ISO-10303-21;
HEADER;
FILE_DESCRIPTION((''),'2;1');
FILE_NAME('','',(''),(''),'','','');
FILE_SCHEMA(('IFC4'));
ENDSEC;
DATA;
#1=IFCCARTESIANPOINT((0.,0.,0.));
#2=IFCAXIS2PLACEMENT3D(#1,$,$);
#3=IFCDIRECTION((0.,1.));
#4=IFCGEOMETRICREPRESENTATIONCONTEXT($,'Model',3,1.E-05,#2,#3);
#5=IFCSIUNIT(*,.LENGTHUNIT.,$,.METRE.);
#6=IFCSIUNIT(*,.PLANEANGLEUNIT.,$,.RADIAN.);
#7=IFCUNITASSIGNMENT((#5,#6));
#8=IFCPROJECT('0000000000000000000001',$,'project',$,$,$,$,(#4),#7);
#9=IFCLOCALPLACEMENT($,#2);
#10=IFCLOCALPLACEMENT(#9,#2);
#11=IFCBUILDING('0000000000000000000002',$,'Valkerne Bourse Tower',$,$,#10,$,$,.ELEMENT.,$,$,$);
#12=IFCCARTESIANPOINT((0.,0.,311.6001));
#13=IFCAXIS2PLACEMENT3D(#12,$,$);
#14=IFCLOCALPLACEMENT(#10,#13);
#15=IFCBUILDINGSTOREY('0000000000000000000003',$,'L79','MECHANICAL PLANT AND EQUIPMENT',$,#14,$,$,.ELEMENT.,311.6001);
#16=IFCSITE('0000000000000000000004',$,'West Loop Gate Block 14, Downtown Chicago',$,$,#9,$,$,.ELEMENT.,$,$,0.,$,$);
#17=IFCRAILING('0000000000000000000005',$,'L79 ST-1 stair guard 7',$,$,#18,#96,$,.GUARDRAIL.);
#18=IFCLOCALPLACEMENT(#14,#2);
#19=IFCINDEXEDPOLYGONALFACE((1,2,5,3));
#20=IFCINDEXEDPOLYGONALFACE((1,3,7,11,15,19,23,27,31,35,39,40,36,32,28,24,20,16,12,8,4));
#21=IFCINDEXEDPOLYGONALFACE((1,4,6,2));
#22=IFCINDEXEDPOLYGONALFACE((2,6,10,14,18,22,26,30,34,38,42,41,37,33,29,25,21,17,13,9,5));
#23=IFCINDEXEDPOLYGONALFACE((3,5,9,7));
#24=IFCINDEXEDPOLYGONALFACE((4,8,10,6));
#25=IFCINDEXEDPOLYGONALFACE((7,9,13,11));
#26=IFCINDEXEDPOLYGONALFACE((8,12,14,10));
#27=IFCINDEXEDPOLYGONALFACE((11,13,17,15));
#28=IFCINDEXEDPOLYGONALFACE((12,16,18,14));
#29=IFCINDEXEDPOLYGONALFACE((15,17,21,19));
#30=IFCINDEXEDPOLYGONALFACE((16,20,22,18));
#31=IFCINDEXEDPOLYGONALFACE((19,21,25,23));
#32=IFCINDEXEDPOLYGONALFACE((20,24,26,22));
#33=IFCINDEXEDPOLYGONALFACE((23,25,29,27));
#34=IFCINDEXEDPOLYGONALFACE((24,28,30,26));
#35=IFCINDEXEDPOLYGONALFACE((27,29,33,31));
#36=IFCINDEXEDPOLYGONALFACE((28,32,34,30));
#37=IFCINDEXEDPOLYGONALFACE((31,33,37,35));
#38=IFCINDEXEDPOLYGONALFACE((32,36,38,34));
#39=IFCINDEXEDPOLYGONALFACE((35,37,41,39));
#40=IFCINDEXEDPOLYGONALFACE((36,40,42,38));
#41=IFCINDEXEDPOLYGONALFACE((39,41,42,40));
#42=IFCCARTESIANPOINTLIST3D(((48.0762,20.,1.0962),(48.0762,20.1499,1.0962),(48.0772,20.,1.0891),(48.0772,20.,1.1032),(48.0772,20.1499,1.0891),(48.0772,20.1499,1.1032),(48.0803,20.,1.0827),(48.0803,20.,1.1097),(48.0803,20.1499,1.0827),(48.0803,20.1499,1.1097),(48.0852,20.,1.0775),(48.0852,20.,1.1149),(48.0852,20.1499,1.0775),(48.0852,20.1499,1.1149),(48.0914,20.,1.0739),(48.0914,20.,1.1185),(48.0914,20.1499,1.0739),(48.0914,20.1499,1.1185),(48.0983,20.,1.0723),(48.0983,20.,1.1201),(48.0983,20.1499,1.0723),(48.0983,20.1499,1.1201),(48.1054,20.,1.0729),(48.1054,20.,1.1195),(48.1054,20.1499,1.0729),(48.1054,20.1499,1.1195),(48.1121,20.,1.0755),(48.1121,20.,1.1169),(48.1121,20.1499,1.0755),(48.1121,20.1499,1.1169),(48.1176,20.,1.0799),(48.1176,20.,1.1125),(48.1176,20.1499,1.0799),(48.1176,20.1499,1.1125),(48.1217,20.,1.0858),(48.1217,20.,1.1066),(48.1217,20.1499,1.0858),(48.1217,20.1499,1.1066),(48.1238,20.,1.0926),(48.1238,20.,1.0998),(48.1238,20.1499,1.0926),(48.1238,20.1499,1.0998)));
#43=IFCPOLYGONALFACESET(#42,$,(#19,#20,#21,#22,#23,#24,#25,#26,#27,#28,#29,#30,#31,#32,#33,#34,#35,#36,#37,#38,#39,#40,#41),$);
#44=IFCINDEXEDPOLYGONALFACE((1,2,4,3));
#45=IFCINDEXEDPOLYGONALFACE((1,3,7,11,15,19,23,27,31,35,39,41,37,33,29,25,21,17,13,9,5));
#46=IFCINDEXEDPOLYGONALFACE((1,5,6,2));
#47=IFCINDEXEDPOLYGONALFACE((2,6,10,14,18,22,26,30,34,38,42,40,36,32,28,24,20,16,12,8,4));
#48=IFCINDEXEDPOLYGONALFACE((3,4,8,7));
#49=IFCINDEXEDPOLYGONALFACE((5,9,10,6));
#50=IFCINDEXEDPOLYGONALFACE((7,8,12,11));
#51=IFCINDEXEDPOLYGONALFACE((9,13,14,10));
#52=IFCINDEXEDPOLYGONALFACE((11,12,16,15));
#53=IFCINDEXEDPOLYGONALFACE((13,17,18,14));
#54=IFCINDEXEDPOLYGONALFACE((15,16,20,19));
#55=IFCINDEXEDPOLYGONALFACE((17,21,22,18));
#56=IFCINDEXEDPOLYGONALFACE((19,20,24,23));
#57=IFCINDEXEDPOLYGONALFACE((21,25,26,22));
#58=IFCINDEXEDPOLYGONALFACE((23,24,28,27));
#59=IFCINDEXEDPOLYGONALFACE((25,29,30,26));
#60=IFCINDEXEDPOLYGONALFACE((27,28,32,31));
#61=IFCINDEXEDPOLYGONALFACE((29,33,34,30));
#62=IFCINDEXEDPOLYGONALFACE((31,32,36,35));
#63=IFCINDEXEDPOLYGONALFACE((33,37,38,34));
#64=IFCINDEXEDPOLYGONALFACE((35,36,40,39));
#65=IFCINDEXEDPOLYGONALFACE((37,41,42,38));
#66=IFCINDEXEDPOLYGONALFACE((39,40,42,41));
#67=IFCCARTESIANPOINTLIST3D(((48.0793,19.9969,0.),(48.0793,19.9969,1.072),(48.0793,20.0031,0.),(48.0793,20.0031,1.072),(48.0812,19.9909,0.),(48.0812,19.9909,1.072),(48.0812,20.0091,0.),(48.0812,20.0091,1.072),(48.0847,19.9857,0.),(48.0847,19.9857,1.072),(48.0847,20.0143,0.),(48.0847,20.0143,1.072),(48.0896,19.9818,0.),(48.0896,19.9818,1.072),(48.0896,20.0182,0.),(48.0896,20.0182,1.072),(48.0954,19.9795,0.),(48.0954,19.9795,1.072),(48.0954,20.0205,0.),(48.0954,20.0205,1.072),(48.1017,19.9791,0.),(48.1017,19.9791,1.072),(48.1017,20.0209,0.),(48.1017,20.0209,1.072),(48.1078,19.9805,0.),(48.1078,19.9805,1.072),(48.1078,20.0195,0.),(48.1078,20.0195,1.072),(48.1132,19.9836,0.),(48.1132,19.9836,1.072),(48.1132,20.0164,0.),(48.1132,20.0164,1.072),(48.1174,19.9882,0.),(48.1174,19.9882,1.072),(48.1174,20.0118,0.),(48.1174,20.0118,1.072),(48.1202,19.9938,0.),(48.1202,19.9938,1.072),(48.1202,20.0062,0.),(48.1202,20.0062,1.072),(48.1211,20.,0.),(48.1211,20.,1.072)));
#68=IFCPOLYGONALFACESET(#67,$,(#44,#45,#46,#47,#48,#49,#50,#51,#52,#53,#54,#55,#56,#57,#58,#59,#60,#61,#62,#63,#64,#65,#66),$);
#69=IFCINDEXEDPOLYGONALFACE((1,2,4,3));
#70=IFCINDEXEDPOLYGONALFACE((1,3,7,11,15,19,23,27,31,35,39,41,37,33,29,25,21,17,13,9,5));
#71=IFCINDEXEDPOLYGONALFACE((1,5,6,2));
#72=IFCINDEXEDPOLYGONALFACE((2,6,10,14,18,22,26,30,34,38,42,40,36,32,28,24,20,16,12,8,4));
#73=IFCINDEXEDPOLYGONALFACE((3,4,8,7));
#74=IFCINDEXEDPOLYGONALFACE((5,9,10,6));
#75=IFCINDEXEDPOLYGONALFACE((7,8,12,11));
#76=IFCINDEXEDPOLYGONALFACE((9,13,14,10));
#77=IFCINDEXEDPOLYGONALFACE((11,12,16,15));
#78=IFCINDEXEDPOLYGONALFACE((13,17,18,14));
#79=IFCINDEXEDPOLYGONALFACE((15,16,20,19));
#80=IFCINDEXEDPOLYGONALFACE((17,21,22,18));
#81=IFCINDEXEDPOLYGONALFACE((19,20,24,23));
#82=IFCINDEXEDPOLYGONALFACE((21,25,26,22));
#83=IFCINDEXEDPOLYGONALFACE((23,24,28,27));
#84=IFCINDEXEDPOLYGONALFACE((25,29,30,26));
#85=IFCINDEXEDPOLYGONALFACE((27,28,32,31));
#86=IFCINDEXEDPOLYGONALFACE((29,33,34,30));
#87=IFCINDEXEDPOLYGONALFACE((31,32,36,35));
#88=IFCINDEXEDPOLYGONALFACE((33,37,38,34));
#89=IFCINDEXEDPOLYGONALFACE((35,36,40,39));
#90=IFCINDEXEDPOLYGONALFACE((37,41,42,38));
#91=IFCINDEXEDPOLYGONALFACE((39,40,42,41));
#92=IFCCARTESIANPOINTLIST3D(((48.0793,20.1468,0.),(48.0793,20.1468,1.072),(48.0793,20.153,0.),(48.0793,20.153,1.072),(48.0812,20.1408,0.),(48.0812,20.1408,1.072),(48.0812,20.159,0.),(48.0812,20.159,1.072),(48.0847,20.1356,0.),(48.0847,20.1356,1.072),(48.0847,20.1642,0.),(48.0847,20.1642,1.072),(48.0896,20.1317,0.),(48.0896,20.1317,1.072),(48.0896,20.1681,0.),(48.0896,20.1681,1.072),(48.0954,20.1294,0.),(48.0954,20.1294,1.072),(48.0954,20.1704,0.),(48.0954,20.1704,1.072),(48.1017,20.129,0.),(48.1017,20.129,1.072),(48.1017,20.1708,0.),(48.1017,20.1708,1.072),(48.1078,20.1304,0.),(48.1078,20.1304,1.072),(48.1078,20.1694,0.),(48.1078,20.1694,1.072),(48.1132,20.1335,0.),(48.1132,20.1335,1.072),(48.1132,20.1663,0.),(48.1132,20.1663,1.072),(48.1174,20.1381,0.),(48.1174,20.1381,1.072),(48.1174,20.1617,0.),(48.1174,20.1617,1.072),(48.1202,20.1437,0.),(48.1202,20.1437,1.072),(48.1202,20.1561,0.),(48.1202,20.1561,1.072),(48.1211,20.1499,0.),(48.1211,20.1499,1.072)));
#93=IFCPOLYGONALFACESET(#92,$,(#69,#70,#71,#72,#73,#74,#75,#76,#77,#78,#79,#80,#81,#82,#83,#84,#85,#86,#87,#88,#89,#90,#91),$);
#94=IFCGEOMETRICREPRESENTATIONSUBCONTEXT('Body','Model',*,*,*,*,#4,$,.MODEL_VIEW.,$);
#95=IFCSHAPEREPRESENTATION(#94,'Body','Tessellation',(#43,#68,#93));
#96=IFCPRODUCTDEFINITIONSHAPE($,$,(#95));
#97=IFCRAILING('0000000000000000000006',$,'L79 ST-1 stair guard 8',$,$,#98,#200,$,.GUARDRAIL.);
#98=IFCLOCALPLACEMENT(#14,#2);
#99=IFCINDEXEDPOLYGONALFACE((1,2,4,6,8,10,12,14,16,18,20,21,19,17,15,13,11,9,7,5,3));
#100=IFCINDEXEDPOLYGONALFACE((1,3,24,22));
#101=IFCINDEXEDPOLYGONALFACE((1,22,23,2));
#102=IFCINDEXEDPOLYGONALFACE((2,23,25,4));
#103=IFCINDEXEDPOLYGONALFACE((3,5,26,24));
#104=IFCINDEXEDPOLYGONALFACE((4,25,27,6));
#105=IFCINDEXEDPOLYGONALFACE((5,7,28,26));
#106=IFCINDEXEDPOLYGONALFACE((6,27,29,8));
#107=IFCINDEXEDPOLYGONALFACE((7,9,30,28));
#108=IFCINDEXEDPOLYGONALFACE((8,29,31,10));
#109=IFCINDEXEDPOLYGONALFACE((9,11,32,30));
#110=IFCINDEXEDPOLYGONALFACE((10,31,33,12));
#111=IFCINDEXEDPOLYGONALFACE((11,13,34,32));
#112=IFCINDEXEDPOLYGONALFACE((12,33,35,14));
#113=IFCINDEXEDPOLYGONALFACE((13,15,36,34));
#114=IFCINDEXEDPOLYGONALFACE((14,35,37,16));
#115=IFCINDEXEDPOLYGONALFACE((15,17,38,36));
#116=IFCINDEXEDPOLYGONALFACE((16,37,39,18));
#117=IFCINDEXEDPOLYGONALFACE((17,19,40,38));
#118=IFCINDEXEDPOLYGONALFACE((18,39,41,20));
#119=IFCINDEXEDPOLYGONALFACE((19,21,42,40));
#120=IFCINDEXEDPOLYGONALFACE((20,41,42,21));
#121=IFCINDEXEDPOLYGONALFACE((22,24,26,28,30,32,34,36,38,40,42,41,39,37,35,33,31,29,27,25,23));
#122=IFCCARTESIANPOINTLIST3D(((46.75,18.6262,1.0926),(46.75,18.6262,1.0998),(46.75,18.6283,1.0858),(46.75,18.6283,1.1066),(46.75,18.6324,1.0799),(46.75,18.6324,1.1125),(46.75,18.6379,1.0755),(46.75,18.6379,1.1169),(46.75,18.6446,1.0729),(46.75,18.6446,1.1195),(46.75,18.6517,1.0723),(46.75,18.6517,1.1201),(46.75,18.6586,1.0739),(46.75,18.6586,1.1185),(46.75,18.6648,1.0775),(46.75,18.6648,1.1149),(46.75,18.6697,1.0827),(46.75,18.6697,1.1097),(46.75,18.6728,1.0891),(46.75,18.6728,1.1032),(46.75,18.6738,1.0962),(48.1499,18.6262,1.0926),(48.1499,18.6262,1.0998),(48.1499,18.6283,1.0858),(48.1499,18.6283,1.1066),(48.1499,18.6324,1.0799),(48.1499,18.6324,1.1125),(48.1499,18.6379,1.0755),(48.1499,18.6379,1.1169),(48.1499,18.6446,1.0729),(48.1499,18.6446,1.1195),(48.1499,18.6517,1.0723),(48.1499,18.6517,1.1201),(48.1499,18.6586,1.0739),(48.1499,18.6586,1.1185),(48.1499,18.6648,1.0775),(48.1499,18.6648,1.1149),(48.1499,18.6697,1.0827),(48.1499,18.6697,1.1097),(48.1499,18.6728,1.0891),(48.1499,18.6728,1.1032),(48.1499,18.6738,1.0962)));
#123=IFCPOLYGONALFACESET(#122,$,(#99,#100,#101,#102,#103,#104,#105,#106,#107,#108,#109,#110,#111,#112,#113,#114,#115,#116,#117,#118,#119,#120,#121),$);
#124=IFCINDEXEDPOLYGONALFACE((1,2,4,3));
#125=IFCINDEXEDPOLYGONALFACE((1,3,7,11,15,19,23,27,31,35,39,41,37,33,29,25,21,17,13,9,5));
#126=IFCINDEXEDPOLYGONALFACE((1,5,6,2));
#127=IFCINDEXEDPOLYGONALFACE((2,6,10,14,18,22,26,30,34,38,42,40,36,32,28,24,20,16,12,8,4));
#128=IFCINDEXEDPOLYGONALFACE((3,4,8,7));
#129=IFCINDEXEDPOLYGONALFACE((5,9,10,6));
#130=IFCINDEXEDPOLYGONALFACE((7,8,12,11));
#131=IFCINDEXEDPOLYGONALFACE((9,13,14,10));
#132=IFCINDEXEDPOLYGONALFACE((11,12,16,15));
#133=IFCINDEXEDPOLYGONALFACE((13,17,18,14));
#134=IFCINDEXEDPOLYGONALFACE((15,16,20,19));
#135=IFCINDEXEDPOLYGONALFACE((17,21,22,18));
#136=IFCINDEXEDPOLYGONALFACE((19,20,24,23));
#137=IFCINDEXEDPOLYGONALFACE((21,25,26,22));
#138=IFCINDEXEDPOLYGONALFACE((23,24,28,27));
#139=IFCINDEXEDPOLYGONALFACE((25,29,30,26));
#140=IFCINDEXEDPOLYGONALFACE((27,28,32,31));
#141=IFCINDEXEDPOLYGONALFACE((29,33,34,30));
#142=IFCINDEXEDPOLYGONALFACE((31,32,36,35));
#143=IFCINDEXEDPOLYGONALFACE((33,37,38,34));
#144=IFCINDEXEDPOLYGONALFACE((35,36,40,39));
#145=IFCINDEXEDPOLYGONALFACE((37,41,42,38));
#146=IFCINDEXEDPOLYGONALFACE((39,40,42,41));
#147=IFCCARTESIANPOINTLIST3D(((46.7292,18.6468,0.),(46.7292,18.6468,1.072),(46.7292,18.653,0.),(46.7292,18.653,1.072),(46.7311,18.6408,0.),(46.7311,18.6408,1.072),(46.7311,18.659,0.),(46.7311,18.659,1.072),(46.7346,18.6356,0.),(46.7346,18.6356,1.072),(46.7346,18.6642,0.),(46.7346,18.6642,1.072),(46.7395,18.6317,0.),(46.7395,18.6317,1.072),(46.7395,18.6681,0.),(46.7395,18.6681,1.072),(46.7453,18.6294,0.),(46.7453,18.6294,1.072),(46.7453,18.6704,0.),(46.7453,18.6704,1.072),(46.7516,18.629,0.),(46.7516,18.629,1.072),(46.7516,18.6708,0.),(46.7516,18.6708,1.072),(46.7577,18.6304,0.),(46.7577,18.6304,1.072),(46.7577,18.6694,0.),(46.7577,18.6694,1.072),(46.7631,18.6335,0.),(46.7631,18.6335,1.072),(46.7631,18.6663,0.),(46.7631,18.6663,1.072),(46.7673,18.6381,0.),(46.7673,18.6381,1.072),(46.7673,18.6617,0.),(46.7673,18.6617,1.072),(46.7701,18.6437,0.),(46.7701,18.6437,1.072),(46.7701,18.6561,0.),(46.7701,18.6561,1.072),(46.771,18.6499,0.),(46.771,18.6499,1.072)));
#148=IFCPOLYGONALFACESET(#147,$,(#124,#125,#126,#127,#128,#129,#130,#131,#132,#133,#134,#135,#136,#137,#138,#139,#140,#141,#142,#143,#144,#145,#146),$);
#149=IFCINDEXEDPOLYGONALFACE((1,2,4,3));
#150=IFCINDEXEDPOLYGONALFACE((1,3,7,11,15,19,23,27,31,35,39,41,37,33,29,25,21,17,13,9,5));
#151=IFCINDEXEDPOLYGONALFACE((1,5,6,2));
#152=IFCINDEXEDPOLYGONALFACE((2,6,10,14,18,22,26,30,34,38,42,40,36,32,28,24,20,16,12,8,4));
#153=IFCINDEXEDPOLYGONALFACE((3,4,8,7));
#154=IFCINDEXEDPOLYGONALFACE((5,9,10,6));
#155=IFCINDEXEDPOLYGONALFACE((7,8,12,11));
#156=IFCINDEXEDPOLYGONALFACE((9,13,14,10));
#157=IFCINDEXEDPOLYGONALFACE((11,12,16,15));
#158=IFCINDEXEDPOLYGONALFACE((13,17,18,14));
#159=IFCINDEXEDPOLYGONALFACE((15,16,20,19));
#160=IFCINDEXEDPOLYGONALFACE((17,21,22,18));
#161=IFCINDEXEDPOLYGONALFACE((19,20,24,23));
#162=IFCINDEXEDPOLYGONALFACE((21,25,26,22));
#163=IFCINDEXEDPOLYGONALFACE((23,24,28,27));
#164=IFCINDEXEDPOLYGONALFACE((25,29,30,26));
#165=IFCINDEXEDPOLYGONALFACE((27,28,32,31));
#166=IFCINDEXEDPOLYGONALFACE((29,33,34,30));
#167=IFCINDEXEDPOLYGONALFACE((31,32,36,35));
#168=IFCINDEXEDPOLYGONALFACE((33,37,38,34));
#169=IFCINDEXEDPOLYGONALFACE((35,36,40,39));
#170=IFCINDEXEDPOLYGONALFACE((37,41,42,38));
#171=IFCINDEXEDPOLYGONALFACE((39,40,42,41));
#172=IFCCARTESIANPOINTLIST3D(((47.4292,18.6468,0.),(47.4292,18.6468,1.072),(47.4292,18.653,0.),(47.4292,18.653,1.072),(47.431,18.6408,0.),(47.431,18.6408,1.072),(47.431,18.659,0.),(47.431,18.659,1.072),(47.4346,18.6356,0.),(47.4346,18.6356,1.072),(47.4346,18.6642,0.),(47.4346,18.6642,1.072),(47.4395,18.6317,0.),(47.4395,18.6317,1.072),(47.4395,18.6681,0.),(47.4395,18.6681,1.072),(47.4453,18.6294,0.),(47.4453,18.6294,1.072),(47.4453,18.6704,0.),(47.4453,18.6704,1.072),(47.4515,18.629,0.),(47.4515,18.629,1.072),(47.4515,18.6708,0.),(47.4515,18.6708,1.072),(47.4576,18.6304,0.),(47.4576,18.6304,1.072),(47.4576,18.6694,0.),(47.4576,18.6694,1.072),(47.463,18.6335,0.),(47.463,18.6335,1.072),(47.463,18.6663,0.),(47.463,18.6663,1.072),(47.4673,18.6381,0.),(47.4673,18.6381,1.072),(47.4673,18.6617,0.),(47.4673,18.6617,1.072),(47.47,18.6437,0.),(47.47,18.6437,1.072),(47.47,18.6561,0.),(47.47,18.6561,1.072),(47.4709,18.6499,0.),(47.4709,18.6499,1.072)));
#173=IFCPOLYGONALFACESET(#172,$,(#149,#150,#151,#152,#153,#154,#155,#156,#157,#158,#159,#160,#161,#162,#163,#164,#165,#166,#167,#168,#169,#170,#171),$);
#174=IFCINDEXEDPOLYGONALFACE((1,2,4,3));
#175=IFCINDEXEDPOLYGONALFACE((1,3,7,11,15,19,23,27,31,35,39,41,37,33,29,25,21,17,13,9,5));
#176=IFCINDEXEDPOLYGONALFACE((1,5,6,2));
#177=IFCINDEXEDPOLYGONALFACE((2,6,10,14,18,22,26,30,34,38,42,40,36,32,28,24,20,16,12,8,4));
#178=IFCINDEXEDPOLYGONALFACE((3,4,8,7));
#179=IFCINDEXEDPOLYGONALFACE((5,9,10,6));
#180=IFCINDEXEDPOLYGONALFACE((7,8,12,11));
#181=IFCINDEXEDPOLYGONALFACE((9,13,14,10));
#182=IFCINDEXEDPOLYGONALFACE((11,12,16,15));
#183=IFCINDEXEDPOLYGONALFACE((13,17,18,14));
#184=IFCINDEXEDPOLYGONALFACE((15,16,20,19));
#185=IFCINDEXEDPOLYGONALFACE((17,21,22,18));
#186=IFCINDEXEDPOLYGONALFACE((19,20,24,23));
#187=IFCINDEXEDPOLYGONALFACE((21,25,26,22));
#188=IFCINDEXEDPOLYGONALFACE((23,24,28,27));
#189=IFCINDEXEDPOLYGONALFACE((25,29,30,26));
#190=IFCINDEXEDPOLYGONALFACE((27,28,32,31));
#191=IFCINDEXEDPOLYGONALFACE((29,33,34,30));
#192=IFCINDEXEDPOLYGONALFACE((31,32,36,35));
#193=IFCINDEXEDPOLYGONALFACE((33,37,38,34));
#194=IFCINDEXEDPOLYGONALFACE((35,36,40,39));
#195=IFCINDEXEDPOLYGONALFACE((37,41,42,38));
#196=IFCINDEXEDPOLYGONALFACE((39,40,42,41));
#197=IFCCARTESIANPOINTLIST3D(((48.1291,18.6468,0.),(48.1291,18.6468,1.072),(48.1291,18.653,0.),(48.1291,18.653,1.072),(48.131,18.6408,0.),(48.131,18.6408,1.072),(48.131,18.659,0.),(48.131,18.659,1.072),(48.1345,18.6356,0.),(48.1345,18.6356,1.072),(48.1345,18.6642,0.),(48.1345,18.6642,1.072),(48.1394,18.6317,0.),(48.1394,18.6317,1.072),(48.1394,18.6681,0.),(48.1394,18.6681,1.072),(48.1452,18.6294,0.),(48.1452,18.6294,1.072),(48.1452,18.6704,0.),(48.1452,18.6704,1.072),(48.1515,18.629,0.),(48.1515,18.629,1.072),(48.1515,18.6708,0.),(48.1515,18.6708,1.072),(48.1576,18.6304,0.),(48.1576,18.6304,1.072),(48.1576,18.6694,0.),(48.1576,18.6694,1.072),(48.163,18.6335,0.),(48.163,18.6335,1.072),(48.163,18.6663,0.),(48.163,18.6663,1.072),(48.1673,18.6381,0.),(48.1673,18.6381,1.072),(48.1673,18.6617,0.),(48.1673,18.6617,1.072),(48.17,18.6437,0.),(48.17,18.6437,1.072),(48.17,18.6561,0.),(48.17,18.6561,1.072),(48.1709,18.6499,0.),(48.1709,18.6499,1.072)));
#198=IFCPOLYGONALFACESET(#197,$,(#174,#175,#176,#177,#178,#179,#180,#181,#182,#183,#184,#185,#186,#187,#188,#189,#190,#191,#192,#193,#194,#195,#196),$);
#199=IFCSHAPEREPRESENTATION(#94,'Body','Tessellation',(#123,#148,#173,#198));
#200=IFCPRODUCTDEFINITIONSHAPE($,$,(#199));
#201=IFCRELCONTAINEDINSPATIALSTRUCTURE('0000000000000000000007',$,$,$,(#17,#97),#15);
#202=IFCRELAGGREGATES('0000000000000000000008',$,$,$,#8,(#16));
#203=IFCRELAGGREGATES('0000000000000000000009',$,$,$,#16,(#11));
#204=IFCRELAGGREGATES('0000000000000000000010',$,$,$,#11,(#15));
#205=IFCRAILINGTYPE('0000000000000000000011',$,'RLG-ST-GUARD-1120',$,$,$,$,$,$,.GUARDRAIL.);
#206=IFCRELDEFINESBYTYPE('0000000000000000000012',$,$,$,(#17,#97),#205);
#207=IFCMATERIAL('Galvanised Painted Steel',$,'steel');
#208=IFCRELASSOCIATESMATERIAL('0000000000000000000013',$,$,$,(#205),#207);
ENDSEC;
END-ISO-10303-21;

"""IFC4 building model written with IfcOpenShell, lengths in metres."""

from ifc_helpers import new_model, si_unit, direction, frame, origin, origin_2d, place, context, subcontext, project, spatial, circle, extrude, material, type_object, element, save


model = new_model("IFC4")

# Units and contexts
model_context = context("Model", 3, precision=1e-05, world=origin(), true_north=direction((0.0, 1.0)))
body_context = subcontext(model_context, "Body", "Model", "MODEL_VIEW")
ifc_project = project(units=[si_unit("LENGTHUNIT", "METRE"), si_unit("PLANEANGLEUNIT", "RADIAN")], contexts=[model_context])

# Site, building, storey
site_placement = place(None, origin())
site = spatial("IfcSite", under=ifc_project, at=site_placement, Name="West Loop Gate Block 14, Downtown Chicago", CompositionType="ELEMENT", RefElevation=0.0)
building_placement = place(site_placement, origin())
building = spatial("IfcBuilding", under=site, at=building_placement, Name="Valkerne Bourse Tower", CompositionType="ELEMENT")
storey_placement = place(building_placement, frame((0.0, 0.0, 311.6001)))
storey = spatial("IfcBuildingStorey", under=building, at=storey_placement, Name="L79", Description="MECHANICAL PLANT AND EQUIPMENT", CompositionType="ELEMENT", Elevation=311.6001)

# Shared definitions
ifc_material_1 = material(Name="Galvanised Painted Steel", Category="steel")

# Railings
railing_type_1 = type_object("IfcRailingType", Name="RLG-ST-GUARD-1120", PredefinedType="GUARDRAIL", material=ifc_material_1)
railing_1_placement = place(storey_placement, frame((48.1001, 20.0, 0.0)))
element("IfcRailing", 1, at=railing_1_placement, inside=storey, type_object=railing_type_1, Name="L79 ST-1 stair guard 7", PredefinedType="GUARDRAIL", context=body_context, shape_type="SweptSolid", body=[
    extrude(circle(Radius=0.0239, at=origin_2d()), frame((0.0, 0.0, 1.0962), z_axis=(0.0, 1.0, 0.0), x_axis=(-1.0, 0.0, 0.0)), (0.0, 0.0, 1.0), 0.1499),
    extrude(circle(Radius=0.021, at=origin_2d()), origin(), (0.0, 0.0, 1.0), 1.072),
    extrude(circle(Radius=0.021, at=origin_2d()), frame((0.0, 0.1499, 0.0)), (0.0, 0.0, 1.0), 1.072),
])
for number, where, name in (
    (2, (46.75, 18.6499, 0.0), "L79 ST-1 stair guard 8"),
):
    element("IfcRailing", number, at=place(storey_placement, frame(where)), inside=storey, type_object=railing_type_1, Name=name, PredefinedType="GUARDRAIL", context=body_context, shape_type="SweptSolid", body=[
        extrude(circle(Radius=0.0239, at=origin_2d()), frame((0.0, 0.0, 1.0962), z_axis=(1.0, 0.0, 0.0), x_axis=(0.0, 1.0, 0.0)), (0.0, 0.0, 1.0), 1.3999),
        extrude(circle(Radius=0.021, at=origin_2d()), origin(), (0.0, 0.0, 1.0), 1.072),
        extrude(circle(Radius=0.021, at=origin_2d()), frame((0.7, 0.0, 0.0)), (0.0, 0.0, 1.0), 1.072),
        extrude(circle(Radius=0.021, at=origin_2d()), frame((1.3999, 0.0, 0.0)), (0.0, 0.0, 1.0), 1.072),
    ])

save(model, "model.ifc")
